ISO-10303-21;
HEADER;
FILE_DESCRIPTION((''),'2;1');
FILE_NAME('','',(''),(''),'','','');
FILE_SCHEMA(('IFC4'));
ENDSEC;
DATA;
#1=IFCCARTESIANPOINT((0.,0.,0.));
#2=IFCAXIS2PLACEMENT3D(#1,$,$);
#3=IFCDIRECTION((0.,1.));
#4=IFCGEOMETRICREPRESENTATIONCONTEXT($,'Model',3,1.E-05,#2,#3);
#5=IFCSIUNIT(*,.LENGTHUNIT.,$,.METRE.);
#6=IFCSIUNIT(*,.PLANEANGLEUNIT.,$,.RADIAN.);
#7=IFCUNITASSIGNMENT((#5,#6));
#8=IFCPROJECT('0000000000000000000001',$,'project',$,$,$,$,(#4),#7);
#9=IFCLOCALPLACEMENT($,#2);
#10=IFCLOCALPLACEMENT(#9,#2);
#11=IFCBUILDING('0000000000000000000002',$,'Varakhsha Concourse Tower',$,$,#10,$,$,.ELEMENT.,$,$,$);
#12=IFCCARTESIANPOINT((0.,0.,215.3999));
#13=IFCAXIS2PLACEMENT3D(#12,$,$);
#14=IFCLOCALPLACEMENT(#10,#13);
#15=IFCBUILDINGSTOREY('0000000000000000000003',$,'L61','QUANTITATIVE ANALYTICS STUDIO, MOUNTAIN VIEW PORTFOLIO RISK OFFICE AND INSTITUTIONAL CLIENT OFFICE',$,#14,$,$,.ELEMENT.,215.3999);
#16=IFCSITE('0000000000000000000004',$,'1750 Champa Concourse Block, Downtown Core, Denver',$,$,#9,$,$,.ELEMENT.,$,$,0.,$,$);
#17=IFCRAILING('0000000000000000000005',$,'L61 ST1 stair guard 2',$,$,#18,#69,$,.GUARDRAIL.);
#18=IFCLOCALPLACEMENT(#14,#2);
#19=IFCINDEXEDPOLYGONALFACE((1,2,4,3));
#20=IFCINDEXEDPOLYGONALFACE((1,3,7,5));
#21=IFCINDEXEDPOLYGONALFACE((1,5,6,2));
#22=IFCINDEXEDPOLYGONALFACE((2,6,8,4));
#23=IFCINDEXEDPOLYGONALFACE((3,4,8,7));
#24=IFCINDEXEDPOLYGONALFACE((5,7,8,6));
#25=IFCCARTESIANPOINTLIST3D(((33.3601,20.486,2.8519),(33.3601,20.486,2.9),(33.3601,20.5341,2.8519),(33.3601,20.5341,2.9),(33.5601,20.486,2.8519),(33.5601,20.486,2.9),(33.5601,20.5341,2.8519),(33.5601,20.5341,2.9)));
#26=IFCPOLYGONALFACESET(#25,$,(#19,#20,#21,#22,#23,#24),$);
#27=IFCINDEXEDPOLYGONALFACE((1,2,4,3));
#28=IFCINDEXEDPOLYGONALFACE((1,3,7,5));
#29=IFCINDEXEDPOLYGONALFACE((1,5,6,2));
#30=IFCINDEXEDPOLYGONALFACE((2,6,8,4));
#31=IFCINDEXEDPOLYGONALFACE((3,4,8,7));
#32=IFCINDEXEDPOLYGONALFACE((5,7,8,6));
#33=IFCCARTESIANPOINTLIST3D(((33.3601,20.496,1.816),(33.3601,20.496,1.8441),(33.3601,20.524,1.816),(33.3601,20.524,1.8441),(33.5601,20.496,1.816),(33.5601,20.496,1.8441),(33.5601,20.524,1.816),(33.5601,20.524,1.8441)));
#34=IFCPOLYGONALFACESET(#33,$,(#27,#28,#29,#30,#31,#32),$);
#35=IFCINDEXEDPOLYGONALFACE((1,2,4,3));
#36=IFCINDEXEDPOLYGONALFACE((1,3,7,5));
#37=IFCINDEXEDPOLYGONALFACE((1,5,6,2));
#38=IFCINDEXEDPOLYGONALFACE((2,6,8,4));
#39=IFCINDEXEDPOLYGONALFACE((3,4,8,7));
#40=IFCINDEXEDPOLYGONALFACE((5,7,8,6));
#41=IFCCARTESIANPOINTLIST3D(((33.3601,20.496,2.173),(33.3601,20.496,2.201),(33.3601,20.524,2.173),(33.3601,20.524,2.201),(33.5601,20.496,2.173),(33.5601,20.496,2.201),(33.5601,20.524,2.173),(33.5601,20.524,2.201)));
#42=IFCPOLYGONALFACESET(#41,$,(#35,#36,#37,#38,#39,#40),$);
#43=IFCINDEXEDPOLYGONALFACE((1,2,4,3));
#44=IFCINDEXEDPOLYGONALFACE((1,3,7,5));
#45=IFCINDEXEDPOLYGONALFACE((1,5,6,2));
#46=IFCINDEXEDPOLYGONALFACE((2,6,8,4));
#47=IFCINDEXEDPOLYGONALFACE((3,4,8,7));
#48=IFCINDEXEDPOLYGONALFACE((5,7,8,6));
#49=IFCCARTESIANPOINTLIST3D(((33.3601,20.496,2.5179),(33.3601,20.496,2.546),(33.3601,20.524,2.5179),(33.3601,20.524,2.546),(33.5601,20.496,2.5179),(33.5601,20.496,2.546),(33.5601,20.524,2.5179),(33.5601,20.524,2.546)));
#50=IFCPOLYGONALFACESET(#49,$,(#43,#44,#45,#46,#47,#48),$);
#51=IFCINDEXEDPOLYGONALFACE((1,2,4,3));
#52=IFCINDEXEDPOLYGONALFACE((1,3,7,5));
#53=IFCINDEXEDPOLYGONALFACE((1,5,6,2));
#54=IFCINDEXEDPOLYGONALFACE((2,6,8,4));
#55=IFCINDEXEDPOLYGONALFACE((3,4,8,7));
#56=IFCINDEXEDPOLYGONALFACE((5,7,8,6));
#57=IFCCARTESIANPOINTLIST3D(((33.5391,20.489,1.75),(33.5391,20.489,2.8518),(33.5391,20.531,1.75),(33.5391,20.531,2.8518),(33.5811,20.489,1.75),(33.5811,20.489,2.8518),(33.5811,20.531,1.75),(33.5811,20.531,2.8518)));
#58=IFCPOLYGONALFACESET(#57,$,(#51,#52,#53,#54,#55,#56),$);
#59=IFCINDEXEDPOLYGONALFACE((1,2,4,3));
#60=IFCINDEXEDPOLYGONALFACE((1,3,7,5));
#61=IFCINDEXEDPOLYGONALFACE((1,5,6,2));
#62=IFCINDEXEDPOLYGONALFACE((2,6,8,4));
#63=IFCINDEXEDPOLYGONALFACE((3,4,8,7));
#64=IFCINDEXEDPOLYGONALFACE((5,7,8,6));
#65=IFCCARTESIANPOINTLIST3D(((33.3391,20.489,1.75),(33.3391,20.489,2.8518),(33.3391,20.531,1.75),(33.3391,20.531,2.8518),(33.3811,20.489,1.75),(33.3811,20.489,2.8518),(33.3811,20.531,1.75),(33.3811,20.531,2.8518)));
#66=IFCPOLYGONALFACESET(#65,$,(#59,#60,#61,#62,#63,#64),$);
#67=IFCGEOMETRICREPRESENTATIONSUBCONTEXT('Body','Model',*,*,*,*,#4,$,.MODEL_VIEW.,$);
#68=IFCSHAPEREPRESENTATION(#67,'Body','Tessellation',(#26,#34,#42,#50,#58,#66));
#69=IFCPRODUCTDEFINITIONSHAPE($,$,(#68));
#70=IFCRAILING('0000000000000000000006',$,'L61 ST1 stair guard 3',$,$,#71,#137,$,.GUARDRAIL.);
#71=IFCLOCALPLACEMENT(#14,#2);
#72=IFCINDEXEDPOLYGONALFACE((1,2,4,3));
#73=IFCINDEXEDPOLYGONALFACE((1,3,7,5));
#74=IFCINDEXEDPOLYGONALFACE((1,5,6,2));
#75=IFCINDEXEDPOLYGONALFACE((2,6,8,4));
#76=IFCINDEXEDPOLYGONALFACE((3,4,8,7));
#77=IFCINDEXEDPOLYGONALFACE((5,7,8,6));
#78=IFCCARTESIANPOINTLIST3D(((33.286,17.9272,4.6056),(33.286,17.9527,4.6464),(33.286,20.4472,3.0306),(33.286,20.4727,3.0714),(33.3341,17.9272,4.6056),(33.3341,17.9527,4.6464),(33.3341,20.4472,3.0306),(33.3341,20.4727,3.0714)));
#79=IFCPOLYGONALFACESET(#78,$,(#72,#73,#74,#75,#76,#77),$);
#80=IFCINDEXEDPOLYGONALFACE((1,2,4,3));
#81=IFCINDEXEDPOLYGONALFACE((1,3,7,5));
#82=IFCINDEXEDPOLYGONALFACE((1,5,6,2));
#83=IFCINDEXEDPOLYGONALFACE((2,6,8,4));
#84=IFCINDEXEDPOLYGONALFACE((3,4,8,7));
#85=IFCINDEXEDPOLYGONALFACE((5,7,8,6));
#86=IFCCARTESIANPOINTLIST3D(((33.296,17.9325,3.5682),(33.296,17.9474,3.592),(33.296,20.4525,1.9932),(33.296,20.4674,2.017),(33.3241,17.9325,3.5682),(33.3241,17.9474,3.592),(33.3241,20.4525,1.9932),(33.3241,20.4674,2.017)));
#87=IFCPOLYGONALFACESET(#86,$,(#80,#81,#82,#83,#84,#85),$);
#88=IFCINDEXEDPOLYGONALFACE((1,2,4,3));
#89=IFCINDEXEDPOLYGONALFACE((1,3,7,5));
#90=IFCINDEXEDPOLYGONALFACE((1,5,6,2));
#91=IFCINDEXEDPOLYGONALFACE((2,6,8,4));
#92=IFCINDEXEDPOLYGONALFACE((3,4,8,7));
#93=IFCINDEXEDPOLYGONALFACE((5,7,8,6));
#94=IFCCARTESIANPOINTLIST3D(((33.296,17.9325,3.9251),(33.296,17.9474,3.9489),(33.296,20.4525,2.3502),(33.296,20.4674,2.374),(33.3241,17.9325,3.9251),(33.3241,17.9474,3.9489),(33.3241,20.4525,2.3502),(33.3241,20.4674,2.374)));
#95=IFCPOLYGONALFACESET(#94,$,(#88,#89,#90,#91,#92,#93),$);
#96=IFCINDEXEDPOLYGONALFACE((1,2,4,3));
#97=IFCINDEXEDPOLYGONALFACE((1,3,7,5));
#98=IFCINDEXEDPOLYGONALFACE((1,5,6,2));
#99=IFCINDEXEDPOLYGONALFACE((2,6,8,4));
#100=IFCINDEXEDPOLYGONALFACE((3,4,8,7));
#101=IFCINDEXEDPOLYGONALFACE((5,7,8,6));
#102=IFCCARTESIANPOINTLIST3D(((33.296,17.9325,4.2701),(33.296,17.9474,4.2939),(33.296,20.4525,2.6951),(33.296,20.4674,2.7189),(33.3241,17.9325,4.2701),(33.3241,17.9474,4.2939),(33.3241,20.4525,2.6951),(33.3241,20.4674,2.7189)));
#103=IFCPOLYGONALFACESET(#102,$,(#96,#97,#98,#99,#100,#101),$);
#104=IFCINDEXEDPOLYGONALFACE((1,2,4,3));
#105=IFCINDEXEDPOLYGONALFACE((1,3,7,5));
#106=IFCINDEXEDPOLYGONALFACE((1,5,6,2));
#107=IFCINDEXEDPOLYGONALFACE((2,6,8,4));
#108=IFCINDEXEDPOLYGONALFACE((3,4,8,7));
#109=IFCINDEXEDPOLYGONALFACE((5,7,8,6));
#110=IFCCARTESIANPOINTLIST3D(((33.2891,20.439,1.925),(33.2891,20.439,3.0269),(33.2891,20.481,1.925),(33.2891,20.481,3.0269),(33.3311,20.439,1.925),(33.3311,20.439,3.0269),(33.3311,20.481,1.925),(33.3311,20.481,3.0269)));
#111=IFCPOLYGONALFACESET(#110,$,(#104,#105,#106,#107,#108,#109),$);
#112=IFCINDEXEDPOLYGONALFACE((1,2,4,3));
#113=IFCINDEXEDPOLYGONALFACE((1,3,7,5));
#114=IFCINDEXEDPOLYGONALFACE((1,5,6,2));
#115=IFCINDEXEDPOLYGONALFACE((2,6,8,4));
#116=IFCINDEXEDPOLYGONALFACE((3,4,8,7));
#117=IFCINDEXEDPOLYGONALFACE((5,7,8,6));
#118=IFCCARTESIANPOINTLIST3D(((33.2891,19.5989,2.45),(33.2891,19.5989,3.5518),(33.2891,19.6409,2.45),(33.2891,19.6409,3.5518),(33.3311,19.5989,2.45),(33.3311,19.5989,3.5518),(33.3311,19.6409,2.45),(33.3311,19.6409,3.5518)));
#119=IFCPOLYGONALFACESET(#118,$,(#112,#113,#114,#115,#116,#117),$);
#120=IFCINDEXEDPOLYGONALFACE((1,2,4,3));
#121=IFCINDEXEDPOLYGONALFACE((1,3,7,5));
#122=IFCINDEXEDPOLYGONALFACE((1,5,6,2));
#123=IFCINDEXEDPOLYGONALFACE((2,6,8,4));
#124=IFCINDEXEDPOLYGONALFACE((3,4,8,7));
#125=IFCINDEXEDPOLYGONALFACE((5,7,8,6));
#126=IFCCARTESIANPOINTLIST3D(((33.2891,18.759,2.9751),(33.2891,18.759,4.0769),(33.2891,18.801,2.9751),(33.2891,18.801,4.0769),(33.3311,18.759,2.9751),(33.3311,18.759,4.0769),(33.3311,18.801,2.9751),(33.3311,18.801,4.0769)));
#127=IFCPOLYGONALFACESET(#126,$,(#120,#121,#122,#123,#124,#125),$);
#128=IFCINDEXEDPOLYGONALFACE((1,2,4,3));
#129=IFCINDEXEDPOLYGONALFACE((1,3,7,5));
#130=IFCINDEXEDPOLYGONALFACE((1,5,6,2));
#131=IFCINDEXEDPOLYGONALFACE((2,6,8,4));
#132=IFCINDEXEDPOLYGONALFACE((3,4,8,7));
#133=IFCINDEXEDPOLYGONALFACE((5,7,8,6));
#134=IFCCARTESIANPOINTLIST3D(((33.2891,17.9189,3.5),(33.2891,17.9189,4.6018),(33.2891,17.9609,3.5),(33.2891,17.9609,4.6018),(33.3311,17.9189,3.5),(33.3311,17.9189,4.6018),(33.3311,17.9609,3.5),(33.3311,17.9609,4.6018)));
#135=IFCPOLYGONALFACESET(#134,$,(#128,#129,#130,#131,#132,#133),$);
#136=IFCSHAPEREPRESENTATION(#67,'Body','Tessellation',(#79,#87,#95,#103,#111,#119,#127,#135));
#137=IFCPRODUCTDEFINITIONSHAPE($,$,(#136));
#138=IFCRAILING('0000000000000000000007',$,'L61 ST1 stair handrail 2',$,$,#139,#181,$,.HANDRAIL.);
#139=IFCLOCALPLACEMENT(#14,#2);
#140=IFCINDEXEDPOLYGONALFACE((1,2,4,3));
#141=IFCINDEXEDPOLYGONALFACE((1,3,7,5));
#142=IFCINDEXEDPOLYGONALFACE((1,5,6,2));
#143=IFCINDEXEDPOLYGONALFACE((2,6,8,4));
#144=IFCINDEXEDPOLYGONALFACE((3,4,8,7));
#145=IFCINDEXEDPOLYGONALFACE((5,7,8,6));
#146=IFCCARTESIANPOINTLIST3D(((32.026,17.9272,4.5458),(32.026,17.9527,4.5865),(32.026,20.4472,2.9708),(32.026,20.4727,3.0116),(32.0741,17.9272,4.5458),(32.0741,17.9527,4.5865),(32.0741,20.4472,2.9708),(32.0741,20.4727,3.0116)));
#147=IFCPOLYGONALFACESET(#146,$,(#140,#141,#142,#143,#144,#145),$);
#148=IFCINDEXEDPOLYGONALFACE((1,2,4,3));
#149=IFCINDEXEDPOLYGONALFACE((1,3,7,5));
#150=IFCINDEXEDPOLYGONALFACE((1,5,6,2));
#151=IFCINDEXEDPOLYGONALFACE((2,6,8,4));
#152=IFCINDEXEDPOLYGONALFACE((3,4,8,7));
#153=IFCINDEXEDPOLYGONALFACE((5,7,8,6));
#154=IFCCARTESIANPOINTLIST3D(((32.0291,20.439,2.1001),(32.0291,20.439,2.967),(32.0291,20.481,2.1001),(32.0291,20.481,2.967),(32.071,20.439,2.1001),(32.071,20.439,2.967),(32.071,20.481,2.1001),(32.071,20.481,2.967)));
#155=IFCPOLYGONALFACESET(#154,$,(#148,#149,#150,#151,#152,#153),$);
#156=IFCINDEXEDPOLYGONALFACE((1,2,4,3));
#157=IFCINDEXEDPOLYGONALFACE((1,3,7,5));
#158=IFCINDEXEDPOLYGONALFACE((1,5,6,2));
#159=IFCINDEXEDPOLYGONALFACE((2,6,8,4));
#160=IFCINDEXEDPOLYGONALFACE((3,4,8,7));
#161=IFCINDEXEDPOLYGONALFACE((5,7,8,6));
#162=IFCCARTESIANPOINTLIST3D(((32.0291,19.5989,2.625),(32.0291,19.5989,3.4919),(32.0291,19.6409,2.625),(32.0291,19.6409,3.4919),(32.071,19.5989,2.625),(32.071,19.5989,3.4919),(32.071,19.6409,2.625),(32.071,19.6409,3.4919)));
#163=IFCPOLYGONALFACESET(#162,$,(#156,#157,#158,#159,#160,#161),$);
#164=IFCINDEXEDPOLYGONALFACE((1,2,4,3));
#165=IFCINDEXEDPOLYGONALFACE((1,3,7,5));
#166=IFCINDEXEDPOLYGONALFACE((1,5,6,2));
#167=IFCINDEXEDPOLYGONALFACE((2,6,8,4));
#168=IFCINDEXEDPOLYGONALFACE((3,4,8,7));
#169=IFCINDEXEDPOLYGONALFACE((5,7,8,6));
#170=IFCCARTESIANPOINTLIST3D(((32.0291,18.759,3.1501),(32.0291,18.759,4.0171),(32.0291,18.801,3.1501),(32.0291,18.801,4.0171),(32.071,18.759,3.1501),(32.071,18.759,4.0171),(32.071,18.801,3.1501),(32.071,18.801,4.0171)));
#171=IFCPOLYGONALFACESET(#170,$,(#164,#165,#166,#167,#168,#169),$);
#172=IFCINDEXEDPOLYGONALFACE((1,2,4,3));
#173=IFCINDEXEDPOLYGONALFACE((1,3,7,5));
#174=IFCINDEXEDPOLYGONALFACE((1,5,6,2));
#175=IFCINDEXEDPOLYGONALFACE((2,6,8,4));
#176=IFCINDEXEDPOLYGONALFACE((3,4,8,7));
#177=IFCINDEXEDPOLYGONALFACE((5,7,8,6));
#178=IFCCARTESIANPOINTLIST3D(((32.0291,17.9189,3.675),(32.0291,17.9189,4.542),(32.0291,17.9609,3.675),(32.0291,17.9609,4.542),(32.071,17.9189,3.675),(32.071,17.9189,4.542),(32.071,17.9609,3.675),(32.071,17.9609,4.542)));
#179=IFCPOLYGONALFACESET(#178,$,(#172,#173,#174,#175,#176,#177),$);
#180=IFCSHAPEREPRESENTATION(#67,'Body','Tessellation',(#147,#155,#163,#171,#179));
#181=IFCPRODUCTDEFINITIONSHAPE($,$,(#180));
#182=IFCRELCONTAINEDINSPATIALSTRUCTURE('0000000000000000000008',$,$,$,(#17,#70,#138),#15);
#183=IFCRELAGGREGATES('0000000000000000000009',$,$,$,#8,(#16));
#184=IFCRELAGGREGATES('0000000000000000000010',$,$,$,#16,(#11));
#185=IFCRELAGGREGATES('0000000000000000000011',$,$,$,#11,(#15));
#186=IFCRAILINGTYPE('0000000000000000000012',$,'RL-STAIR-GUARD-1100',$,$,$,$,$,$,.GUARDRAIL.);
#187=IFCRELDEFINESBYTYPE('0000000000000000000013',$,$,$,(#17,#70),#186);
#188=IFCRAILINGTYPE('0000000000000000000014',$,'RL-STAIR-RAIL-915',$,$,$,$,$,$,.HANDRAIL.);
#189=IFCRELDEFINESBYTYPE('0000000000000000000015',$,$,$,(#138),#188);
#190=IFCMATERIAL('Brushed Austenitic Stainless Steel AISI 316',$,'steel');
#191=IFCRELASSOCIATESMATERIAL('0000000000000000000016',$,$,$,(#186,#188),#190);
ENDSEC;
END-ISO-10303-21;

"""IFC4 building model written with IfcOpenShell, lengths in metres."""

from ifc_helpers import new_model, si_unit, direction, frame, origin, origin_2d, place, context, subcontext, project, spatial, rectangle, extrude, material, type_object, element, save


model = new_model("IFC4")

# Units and contexts
model_context = context("Model", 3, precision=1e-05, world=origin(), true_north=direction((0.0, 1.0)))
body_context = subcontext(model_context, "Body", "Model", "MODEL_VIEW")
ifc_project = project(units=[si_unit("LENGTHUNIT", "METRE"), si_unit("PLANEANGLEUNIT", "RADIAN")], contexts=[model_context])

# Site, building, storey
site_placement = place(None, origin())
site = spatial("IfcSite", under=ifc_project, at=site_placement, Name="1750 Champa Concourse Block, Downtown Core, Denver", CompositionType="ELEMENT", RefElevation=0.0)
building_placement = place(site_placement, origin())
building = spatial("IfcBuilding", under=site, at=building_placement, Name="Varakhsha Concourse Tower", CompositionType="ELEMENT")
storey_placement = place(building_placement, frame((0.0, 0.0, 215.3999)))
storey = spatial("IfcBuildingStorey", under=building, at=storey_placement, Name="L61", Description="QUANTITATIVE ANALYTICS STUDIO, MOUNTAIN VIEW PORTFOLIO RISK OFFICE AND INSTITUTIONAL CLIENT OFFICE", CompositionType="ELEMENT", Elevation=215.3999)

# Shared definitions
ifc_material_1 = material(Name="Brushed Austenitic Stainless Steel AISI 316", Category="steel")

# Railings
railing_type_1 = type_object("IfcRailingType", Name="RL-STAIR-GUARD-1100", PredefinedType="GUARDRAIL", material=ifc_material_1)
railing_1_placement = place(storey_placement, frame((33.5601, 20.51, 1.75)))
element("IfcRailing", 1, at=railing_1_placement, inside=storey, type_object=railing_type_1, Name="L61 ST1 stair guard 2", PredefinedType="GUARDRAIL", context=body_context, shape_type="SweptSolid", body=[
    extrude(rectangle(XDim=0.0481, YDim=0.0481, at=origin_2d()), frame((0.0, 0.0, 1.126), z_axis=(-1.0, 0.0, 0.0), x_axis=(0.0, -1.0, 0.0)), (0.0, 0.0, 1.0), 0.2),
    extrude(rectangle(XDim=0.0281, YDim=0.0281, at=origin_2d()), frame((0.0, 0.0, 0.0801), z_axis=(-1.0, 0.0, 0.0), x_axis=(0.0, -1.0, 0.0)), (0.0, 0.0, 1.0), 0.2),
    extrude(rectangle(XDim=0.0281, YDim=0.0281, at=origin_2d()), frame((0.0, 0.0, 0.437), z_axis=(-1.0, 0.0, 0.0), x_axis=(0.0, -1.0, 0.0)), (0.0, 0.0, 1.0), 0.2),
    extrude(rectangle(XDim=0.0281, YDim=0.0281, at=origin_2d()), frame((0.0, 0.0, 0.782), z_axis=(-1.0, 0.0, 0.0), x_axis=(0.0, -1.0, 0.0)), (0.0, 0.0, 1.0), 0.2),
    extrude(rectangle(XDim=0.042, YDim=0.042, at=origin_2d()), origin(), (0.0, 0.0, 1.0), 1.1018),
    extrude(rectangle(XDim=0.042, YDim=0.042, at=origin_2d()), frame((-0.2, 0.0, 0.0)), (0.0, 0.0, 1.0), 1.1018),
])
railing_2_placement = place(storey_placement, frame((33.3101, 20.46, 1.925)))
element("IfcRailing", 2, at=railing_2_placement, inside=storey, type_object=railing_type_1, Name="L61 ST1 stair guard 3", PredefinedType="GUARDRAIL", context=body_context, shape_type="SweptSolid", body=[
    extrude(rectangle(XDim=0.0481, YDim=0.0481, at=origin_2d()), frame((0.0, 0.0, 1.126), z_axis=(0.0, -0.848008, 0.529984), x_axis=(1.0, 0.0, 0.0)), (0.0, 0.0, 1.0), 2.9717),
    extrude(rectangle(XDim=0.0281, YDim=0.0281, at=origin_2d()), frame((0.0, 0.0, 0.0801), z_axis=(0.0, -0.848008, 0.529984), x_axis=(1.0, 0.0, 0.0)), (0.0, 0.0, 1.0), 2.9717),
    extrude(rectangle(XDim=0.0281, YDim=0.0281, at=origin_2d()), frame((0.0, 0.0, 0.437), z_axis=(0.0, -0.848008, 0.529984), x_axis=(1.0, 0.0, 0.0)), (0.0, 0.0, 1.0), 2.9717),
    extrude(rectangle(XDim=0.0281, YDim=0.0281, at=origin_2d()), frame((0.0, 0.0, 0.782), z_axis=(0.0, -0.848008, 0.529984), x_axis=(1.0, 0.0, 0.0)), (0.0, 0.0, 1.0), 2.9717),
    extrude(rectangle(XDim=0.042, YDim=0.042, at=origin_2d()), origin(), (0.0, 0.0, 1.0), 1.1018),
    extrude(rectangle(XDim=0.042, YDim=0.042, at=origin_2d()), frame((0.0, -0.8401, 0.5249)), (0.0, 0.0, 1.0), 1.1018),
    extrude(rectangle(XDim=0.042, YDim=0.042, at=origin_2d()), frame((0.0, -1.6799, 1.05)), (0.0, 0.0, 1.0), 1.1018),
    extrude(rectangle(XDim=0.042, YDim=0.042, at=origin_2d()), frame((0.0, -2.52, 1.575)), (0.0, 0.0, 1.0), 1.1018),
])
railing_type_2 = type_object("IfcRailingType", Name="RL-STAIR-RAIL-915", PredefinedType="HANDRAIL", material=ifc_material_1)
railing_3_placement = place(storey_placement, frame((32.05, 20.46, 2.1001)))
element("IfcRailing", 3, at=railing_3_placement, inside=storey, type_object=railing_type_2, Name="L61 ST1 stair handrail 2", PredefinedType="HANDRAIL", context=body_context, shape_type="SweptSolid", body=[
    extrude(rectangle(XDim=0.0481, YDim=0.0481, at=origin_2d()), frame((0.0, 0.0, 0.8911), z_axis=(0.0, -0.848008, 0.529984), x_axis=(1.0, 0.0, 0.0)), (0.0, 0.0, 1.0), 2.9717),
    extrude(rectangle(XDim=0.042, YDim=0.042, at=origin_2d()), origin(), (0.0, 0.0, 1.0), 0.8669),
    extrude(rectangle(XDim=0.042, YDim=0.042, at=origin_2d()), frame((0.0, -0.8401, 0.5249)), (0.0, 0.0, 1.0), 0.8669),
    extrude(rectangle(XDim=0.042, YDim=0.042, at=origin_2d()), frame((0.0, -1.6799, 1.05)), (0.0, 0.0, 1.0), 0.8669),
    extrude(rectangle(XDim=0.042, YDim=0.042, at=origin_2d()), frame((0.0, -2.52, 1.575)), (0.0, 0.0, 1.0), 0.8669),
])

save(model, "model.ifc")
